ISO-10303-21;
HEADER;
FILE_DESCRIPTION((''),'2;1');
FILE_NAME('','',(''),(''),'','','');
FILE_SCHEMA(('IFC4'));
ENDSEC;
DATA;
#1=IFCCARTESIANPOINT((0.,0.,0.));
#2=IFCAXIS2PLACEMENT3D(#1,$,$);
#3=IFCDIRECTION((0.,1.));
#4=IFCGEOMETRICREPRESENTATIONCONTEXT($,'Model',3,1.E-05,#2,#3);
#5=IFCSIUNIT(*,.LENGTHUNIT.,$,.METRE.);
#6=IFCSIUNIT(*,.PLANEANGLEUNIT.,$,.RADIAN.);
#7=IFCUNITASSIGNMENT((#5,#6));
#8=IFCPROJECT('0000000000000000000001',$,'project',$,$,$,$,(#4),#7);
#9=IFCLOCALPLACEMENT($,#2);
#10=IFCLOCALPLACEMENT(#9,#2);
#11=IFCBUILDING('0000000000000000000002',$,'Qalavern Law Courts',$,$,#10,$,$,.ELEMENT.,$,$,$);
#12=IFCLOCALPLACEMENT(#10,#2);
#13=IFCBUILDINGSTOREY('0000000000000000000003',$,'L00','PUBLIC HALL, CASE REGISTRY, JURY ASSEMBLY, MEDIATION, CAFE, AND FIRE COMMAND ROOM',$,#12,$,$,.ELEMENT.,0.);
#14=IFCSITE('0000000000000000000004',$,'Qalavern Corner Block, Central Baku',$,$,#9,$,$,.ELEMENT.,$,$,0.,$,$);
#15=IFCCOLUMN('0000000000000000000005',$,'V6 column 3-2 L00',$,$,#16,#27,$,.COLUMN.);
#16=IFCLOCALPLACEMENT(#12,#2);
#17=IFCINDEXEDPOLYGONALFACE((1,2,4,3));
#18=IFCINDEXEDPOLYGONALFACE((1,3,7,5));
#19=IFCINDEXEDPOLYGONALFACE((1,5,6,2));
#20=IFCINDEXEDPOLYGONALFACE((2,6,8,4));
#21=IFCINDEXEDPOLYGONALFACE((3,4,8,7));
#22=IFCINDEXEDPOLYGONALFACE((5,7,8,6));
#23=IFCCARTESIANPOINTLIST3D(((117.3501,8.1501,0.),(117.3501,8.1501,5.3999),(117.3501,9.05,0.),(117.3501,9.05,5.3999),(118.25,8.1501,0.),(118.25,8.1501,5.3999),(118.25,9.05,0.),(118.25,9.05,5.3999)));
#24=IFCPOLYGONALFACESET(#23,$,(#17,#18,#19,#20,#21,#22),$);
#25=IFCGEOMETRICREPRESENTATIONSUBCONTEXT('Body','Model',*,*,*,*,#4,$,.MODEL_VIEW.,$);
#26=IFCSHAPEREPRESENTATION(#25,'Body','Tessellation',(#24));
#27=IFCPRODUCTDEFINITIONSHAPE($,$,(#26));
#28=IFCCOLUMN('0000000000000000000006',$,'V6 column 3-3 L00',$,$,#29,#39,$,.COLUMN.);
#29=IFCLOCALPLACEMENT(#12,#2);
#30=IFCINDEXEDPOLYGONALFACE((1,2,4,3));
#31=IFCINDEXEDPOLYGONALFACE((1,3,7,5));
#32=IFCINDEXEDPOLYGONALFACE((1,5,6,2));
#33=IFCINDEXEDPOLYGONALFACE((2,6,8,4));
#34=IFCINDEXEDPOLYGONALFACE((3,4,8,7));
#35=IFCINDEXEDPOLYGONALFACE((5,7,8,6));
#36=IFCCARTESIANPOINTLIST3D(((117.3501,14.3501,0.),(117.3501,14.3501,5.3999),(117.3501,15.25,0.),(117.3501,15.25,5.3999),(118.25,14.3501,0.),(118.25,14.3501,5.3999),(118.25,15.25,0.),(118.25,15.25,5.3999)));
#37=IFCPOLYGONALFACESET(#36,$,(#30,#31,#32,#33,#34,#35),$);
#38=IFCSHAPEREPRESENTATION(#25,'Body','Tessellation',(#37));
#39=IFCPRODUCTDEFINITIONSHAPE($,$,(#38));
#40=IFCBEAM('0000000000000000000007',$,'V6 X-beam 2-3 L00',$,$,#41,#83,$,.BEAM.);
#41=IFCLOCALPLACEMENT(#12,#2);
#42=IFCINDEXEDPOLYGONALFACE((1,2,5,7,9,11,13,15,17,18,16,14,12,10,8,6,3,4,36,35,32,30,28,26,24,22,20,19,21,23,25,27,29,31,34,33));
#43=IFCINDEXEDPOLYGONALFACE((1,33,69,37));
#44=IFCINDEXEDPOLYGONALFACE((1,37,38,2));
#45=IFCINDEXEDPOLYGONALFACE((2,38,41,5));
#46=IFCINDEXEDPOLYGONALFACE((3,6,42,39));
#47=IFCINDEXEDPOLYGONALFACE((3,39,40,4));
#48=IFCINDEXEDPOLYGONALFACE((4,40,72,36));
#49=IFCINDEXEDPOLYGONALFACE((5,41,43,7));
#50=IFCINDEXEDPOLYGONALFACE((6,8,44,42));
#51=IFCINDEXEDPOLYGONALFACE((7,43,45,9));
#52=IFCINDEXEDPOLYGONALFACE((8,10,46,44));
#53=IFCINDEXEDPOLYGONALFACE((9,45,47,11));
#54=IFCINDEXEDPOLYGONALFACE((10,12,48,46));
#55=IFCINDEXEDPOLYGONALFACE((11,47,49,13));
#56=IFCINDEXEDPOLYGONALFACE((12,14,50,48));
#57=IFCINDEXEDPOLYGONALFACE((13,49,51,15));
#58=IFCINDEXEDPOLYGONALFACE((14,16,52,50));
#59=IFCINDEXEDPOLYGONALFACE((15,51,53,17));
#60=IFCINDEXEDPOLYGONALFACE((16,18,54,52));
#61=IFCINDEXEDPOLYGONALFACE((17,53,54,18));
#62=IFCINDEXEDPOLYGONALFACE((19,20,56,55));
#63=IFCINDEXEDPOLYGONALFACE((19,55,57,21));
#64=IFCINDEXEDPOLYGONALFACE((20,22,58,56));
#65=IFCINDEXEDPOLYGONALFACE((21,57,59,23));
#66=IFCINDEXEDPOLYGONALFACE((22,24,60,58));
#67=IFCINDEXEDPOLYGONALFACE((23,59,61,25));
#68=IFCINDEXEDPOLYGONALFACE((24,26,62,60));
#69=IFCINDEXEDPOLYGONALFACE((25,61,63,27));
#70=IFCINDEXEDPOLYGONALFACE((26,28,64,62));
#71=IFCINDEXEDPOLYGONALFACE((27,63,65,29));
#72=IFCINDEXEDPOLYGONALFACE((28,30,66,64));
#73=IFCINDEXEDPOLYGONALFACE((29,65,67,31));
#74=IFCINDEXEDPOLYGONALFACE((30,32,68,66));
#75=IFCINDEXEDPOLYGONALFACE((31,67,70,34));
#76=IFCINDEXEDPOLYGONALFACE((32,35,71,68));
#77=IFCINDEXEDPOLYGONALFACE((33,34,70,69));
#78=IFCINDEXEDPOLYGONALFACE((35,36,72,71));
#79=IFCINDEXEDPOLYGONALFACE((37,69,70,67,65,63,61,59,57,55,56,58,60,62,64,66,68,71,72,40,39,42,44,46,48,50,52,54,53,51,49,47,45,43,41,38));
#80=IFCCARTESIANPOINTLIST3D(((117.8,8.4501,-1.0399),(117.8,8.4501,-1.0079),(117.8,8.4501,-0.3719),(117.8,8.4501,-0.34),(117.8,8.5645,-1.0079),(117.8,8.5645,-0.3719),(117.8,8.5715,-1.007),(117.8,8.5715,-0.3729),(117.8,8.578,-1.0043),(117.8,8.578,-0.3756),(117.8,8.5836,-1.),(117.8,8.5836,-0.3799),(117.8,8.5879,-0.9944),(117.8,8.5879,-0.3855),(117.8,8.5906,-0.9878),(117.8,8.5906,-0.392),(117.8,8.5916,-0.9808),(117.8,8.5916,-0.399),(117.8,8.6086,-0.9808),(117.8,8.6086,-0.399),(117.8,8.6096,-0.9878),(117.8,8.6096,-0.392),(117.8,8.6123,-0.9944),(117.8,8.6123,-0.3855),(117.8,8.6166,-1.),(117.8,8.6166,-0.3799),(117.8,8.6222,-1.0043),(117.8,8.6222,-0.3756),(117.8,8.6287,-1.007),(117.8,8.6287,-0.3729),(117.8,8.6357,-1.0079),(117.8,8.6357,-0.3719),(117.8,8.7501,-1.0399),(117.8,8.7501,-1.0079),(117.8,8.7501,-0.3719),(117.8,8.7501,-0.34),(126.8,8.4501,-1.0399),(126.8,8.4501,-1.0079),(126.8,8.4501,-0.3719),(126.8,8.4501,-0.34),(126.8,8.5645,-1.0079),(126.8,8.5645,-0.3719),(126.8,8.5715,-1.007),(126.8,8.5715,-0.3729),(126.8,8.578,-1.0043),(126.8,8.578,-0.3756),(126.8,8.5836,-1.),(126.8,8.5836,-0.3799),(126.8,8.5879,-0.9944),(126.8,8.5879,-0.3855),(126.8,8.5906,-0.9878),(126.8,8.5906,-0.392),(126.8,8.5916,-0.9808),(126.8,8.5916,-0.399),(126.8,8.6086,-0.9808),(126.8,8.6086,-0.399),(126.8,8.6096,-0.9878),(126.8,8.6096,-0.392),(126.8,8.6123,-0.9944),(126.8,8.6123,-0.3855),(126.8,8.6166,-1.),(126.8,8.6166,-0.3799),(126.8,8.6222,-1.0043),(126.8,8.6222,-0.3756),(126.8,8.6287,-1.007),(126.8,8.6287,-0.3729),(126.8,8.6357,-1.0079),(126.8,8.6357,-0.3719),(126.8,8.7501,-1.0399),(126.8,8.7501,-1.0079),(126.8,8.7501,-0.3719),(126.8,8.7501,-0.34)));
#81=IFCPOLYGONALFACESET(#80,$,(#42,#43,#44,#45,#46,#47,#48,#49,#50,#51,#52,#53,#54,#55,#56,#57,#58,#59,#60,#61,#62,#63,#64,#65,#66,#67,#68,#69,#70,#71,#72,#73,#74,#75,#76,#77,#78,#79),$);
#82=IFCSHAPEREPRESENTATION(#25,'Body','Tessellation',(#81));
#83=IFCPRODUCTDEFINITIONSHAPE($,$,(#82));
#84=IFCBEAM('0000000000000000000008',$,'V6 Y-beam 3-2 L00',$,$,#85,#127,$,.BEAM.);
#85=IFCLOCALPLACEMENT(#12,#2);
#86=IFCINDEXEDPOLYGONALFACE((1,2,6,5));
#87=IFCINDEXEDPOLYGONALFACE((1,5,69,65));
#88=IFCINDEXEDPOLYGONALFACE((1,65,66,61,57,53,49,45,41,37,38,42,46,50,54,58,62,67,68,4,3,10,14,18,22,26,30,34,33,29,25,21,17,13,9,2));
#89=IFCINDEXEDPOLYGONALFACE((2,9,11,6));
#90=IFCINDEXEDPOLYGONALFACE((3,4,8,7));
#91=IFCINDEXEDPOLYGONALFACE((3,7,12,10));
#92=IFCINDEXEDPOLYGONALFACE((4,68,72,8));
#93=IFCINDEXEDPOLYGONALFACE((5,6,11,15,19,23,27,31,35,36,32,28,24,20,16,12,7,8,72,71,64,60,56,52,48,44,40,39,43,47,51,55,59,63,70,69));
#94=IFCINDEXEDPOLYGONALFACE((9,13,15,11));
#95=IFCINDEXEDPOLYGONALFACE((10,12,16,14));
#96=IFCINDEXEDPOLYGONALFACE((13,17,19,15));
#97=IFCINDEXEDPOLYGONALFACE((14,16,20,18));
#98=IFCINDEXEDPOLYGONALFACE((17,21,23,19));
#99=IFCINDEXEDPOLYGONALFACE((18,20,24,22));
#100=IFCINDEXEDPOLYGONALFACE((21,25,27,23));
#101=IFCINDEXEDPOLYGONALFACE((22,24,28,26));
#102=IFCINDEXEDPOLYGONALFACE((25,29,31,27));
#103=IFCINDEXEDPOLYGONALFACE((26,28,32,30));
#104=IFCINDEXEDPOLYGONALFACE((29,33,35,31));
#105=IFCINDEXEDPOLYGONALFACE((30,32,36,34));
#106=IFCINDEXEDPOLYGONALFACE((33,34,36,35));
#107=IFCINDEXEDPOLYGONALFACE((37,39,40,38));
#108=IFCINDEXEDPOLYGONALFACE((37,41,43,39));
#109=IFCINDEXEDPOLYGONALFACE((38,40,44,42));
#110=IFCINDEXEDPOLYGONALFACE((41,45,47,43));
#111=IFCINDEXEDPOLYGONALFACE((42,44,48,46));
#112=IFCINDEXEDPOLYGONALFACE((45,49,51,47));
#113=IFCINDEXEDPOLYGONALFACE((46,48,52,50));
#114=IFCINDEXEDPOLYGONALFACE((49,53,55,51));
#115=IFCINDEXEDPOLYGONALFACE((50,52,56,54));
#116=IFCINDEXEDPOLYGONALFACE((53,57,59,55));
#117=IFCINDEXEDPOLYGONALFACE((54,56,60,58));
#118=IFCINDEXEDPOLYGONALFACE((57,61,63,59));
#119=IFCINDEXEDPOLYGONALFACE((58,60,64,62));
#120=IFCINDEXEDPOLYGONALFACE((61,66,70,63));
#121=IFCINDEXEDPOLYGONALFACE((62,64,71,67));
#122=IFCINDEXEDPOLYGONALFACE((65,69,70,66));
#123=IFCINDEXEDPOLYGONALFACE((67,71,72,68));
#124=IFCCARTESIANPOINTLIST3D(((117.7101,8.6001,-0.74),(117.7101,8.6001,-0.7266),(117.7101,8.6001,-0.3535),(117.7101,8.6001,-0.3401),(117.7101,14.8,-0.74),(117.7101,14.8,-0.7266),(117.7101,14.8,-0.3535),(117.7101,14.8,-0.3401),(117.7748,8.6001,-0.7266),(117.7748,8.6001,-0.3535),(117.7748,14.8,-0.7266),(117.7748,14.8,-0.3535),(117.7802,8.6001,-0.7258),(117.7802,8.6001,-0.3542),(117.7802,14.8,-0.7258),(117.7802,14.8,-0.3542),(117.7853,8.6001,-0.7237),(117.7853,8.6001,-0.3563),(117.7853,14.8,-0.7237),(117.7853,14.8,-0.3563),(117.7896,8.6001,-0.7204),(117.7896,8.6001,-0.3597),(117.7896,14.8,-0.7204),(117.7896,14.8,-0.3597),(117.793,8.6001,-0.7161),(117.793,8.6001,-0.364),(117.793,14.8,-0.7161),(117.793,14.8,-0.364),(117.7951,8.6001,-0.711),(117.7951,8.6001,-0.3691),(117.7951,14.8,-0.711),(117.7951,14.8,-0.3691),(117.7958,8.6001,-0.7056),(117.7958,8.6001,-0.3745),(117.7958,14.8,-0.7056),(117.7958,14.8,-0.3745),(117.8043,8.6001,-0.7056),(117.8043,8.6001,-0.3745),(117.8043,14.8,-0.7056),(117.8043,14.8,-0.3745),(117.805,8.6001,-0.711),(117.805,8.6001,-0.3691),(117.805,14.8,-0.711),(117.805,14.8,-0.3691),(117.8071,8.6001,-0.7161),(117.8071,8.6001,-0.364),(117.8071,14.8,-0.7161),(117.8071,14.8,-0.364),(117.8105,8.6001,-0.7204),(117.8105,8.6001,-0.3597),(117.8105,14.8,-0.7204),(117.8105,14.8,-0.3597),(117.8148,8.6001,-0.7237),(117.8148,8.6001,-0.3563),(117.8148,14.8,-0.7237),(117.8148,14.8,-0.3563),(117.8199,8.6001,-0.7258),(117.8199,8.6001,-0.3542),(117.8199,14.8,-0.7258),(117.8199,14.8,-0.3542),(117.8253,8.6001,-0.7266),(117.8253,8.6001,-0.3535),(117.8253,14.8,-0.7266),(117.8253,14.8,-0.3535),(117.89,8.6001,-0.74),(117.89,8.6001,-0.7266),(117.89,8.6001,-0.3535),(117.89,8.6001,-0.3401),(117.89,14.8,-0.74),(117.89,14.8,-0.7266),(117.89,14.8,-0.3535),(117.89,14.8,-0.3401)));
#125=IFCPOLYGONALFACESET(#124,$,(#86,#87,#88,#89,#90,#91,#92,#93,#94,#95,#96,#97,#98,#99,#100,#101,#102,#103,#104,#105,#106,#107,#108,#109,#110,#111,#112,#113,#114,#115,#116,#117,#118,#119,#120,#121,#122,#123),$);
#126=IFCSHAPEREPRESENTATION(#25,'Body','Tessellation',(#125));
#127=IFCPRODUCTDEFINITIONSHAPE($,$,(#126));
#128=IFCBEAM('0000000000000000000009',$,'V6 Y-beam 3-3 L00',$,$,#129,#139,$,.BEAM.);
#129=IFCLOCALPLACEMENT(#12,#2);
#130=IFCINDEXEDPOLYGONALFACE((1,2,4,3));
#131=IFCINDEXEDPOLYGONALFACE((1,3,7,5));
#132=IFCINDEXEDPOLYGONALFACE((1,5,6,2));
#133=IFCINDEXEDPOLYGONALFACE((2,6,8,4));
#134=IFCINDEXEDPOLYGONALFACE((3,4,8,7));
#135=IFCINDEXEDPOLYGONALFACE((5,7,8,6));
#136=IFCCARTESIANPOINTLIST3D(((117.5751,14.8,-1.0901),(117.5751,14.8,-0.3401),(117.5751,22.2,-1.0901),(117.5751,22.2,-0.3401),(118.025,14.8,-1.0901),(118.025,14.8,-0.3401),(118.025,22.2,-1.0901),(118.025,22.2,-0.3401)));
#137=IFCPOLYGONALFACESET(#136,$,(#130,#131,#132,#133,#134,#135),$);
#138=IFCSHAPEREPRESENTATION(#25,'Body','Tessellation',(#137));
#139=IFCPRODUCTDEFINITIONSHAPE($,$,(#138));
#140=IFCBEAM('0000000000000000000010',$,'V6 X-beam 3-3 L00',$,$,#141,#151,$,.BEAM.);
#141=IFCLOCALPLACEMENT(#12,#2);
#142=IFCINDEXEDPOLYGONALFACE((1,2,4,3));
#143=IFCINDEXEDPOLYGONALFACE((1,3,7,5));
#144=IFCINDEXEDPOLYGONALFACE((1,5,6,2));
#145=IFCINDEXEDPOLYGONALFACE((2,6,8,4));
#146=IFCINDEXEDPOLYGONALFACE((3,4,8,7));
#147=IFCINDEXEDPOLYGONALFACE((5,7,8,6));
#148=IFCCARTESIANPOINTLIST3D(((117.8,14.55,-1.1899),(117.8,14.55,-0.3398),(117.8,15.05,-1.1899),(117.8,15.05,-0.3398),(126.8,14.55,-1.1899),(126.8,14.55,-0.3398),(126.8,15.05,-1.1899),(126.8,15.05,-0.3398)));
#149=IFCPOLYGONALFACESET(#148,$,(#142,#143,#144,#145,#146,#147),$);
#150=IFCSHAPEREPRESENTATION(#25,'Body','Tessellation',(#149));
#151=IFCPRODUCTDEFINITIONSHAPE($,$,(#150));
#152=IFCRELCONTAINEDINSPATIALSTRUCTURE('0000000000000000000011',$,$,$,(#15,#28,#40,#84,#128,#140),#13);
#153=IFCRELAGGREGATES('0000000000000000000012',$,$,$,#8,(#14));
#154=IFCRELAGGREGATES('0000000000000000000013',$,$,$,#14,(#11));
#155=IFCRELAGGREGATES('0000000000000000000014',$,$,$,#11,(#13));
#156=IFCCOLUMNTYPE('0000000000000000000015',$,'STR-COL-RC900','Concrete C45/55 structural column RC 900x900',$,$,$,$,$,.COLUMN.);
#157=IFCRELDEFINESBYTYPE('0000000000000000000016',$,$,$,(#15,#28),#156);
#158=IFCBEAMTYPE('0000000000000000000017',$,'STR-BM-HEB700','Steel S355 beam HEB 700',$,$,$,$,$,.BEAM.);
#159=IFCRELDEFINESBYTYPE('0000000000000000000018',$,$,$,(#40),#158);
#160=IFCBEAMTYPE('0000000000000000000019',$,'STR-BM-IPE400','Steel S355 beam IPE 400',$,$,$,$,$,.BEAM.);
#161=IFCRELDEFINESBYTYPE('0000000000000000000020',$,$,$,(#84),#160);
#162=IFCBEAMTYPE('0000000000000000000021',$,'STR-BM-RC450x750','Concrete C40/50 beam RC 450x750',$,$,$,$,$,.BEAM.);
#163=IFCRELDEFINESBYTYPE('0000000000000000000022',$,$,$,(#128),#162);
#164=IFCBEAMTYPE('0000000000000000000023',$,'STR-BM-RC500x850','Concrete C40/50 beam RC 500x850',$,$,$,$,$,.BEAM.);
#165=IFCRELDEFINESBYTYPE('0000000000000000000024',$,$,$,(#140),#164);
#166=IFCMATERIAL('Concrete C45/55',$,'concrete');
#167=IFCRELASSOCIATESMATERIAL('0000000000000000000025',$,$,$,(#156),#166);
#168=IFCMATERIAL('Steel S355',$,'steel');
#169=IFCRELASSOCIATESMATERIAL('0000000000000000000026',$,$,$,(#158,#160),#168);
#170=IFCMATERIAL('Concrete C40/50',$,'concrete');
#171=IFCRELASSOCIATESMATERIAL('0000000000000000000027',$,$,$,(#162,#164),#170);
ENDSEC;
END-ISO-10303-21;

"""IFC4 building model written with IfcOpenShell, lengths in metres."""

from ifc_helpers import new_model, si_unit, direction, frame, origin, origin_2d, place, context, subcontext, project, spatial, rectangle, i_section, extrude, material, material_profile, profile_set, type_object, element, save


model = new_model("IFC4")

# Units and contexts
model_context = context("Model", 3, precision=1e-05, world=origin(), true_north=direction((0.0, 1.0)))
body_context = subcontext(model_context, "Body", "Model", "MODEL_VIEW")
ifc_project = project(units=[si_unit("LENGTHUNIT", "METRE"), si_unit("PLANEANGLEUNIT", "RADIAN")], contexts=[model_context])

# Site, building, storey
site_placement = place(None, origin())
site = spatial("IfcSite", under=ifc_project, at=site_placement, Name="Qalavern Corner Block, Central Baku", CompositionType="ELEMENT", RefElevation=0.0)
building_placement = place(site_placement, origin())
building = spatial("IfcBuilding", under=site, at=building_placement, Name="Qalavern Law Courts", CompositionType="ELEMENT")
storey_placement = place(building_placement, origin())
storey = spatial("IfcBuildingStorey", under=building, at=storey_placement, Name="L00", Description="PUBLIC HALL, CASE REGISTRY, JURY ASSEMBLY, MEDIATION, CAFE, AND FIRE COMMAND ROOM", CompositionType="ELEMENT", Elevation=0.0)

# Columns
ifc_material_1 = material(Name="Concrete C45/55", Category="concrete")
ifc_material_profile_1 = material_profile(ifc_material_1, rectangle(XDim=0.8999, YDim=0.8999, at=origin_2d()), Name="RC 900x900")
ifc_profile_set_1 = profile_set([ifc_material_profile_1], Name="Concrete C45/55")
column_type = type_object("IfcColumnType", Name="STR-COL-RC900", Description="Concrete C45/55 structural column RC 900x900", PredefinedType="COLUMN", material=ifc_profile_set_1)
for number, where, z_axis, x_axis, name in (
    (1, (117.8, 8.6001, 0.0), (0.0, 0.0, 1.0), (1.0, 0.0, 0.0), "V6 column 3-2 L00"),
    (2, (117.8, 14.8, 0.0), (0.0, 0.0, 1.0), (1.0, 0.0, 0.0), "V6 column 3-3 L00"),
):
    element("IfcColumn", number, at=place(storey_placement, frame(where, z_axis=z_axis, x_axis=x_axis)), inside=storey, type_object=column_type, Name=name, PredefinedType="COLUMN", context=body_context, shape_type="SweptSolid", body=[
        extrude(rectangle(XDim=0.8999, YDim=0.8999, at=origin_2d()), origin(), (0.0, 0.0, 1.0), 5.3999),
    ])

# Beams
ifc_material_2 = material(Name="Steel S355", Category="steel")
ifc_material_profile_2 = material_profile(ifc_material_2, i_section(OverallWidth=0.3, OverallDepth=0.7, WebThickness=0.0171, FlangeThickness=0.032, FilletRadius=0.0271, at=origin_2d()), Name="HEB 700")
ifc_profile_set_2 = profile_set([ifc_material_profile_2], Name="Steel S355")
beam_type_1 = type_object("IfcBeamType", Name="STR-BM-HEB700", Description="Steel S355 beam HEB 700", PredefinedType="BEAM", material=ifc_profile_set_2)
beam_1_placement = place(storey_placement, frame((117.8, 8.6001, -0.6899), z_axis=(1.0, 0.0, 0.0), x_axis=(0.0, 1.0, 0.0)))
element("IfcBeam", 3, at=beam_1_placement, inside=storey, type_object=beam_type_1, Name="V6 X-beam 2-3 L00", PredefinedType="BEAM", context=body_context, shape_type="SweptSolid", body=[
    extrude(i_section(OverallWidth=0.3, OverallDepth=0.7, WebThickness=0.0171, FlangeThickness=0.032, FilletRadius=0.0271, at=origin_2d()), origin(), (0.0, 0.0, 1.0), 9.0),
])
ifc_material_profile_3 = material_profile(ifc_material_2, i_section(OverallWidth=0.1799, OverallDepth=0.3999, WebThickness=0.0085, FlangeThickness=0.0134, FilletRadius=0.021, at=origin_2d()), Name="IPE 400")
ifc_profile_set_3 = profile_set([ifc_material_profile_3], Name="Steel S355")
beam_type_2 = type_object("IfcBeamType", Name="STR-BM-IPE400", Description="Steel S355 beam IPE 400", PredefinedType="BEAM", material=ifc_profile_set_3)
beam_2_placement = place(storey_placement, frame((117.8, 8.6001, -0.54), z_axis=(0.0, 1.0, 0.0), x_axis=(-1.0, 0.0, 0.0)))
element("IfcBeam", 4, at=beam_2_placement, inside=storey, type_object=beam_type_2, Name="V6 Y-beam 3-2 L00", PredefinedType="BEAM", context=body_context, shape_type="SweptSolid", body=[
    extrude(i_section(OverallWidth=0.1799, OverallDepth=0.3999, WebThickness=0.0085, FlangeThickness=0.0134, FilletRadius=0.021, at=origin_2d()), origin(), (0.0, 0.0, 1.0), 6.2),
])
ifc_material_3 = material(Name="Concrete C40/50", Category="concrete")
ifc_material_profile_4 = material_profile(ifc_material_3, rectangle(XDim=0.45, YDim=0.75, at=origin_2d()), Name="RC 450x750")
ifc_profile_set_4 = profile_set([ifc_material_profile_4], Name="Concrete C40/50")
beam_type_3 = type_object("IfcBeamType", Name="STR-BM-RC450x750", Description="Concrete C40/50 beam RC 450x750", PredefinedType="BEAM", material=ifc_profile_set_4)
beam_3_placement = place(storey_placement, frame((117.8, 14.8, -0.7151), z_axis=(0.0, 1.0, 0.0), x_axis=(-1.0, 0.0, 0.0)))
element("IfcBeam", 5, at=beam_3_placement, inside=storey, type_object=beam_type_3, Name="V6 Y-beam 3-3 L00", PredefinedType="BEAM", context=body_context, shape_type="SweptSolid", body=[
    extrude(rectangle(XDim=0.45, YDim=0.75, at=origin_2d()), origin(), (0.0, 0.0, 1.0), 7.3999),
])
ifc_material_profile_5 = material_profile(ifc_material_3, rectangle(XDim=0.5, YDim=0.8501, at=origin_2d()), Name="RC 500x850")
ifc_profile_set_5 = profile_set([ifc_material_profile_5], Name="Concrete C40/50")
beam_type_4 = type_object("IfcBeamType", Name="STR-BM-RC500x850", Description="Concrete C40/50 beam RC 500x850", PredefinedType="BEAM", material=ifc_profile_set_5)
beam_4_placement = place(storey_placement, frame((117.8, 14.8, -0.7649), z_axis=(1.0, 0.0, 0.0), x_axis=(0.0, 1.0, 0.0)))
element("IfcBeam", 6, at=beam_4_placement, inside=storey, type_object=beam_type_4, Name="V6 X-beam 3-3 L00", PredefinedType="BEAM", context=body_context, shape_type="SweptSolid", body=[
    extrude(rectangle(XDim=0.5, YDim=0.8501, at=origin_2d()), origin(), (0.0, 0.0, 1.0), 9.0),
])

save(model, "model.ifc")
